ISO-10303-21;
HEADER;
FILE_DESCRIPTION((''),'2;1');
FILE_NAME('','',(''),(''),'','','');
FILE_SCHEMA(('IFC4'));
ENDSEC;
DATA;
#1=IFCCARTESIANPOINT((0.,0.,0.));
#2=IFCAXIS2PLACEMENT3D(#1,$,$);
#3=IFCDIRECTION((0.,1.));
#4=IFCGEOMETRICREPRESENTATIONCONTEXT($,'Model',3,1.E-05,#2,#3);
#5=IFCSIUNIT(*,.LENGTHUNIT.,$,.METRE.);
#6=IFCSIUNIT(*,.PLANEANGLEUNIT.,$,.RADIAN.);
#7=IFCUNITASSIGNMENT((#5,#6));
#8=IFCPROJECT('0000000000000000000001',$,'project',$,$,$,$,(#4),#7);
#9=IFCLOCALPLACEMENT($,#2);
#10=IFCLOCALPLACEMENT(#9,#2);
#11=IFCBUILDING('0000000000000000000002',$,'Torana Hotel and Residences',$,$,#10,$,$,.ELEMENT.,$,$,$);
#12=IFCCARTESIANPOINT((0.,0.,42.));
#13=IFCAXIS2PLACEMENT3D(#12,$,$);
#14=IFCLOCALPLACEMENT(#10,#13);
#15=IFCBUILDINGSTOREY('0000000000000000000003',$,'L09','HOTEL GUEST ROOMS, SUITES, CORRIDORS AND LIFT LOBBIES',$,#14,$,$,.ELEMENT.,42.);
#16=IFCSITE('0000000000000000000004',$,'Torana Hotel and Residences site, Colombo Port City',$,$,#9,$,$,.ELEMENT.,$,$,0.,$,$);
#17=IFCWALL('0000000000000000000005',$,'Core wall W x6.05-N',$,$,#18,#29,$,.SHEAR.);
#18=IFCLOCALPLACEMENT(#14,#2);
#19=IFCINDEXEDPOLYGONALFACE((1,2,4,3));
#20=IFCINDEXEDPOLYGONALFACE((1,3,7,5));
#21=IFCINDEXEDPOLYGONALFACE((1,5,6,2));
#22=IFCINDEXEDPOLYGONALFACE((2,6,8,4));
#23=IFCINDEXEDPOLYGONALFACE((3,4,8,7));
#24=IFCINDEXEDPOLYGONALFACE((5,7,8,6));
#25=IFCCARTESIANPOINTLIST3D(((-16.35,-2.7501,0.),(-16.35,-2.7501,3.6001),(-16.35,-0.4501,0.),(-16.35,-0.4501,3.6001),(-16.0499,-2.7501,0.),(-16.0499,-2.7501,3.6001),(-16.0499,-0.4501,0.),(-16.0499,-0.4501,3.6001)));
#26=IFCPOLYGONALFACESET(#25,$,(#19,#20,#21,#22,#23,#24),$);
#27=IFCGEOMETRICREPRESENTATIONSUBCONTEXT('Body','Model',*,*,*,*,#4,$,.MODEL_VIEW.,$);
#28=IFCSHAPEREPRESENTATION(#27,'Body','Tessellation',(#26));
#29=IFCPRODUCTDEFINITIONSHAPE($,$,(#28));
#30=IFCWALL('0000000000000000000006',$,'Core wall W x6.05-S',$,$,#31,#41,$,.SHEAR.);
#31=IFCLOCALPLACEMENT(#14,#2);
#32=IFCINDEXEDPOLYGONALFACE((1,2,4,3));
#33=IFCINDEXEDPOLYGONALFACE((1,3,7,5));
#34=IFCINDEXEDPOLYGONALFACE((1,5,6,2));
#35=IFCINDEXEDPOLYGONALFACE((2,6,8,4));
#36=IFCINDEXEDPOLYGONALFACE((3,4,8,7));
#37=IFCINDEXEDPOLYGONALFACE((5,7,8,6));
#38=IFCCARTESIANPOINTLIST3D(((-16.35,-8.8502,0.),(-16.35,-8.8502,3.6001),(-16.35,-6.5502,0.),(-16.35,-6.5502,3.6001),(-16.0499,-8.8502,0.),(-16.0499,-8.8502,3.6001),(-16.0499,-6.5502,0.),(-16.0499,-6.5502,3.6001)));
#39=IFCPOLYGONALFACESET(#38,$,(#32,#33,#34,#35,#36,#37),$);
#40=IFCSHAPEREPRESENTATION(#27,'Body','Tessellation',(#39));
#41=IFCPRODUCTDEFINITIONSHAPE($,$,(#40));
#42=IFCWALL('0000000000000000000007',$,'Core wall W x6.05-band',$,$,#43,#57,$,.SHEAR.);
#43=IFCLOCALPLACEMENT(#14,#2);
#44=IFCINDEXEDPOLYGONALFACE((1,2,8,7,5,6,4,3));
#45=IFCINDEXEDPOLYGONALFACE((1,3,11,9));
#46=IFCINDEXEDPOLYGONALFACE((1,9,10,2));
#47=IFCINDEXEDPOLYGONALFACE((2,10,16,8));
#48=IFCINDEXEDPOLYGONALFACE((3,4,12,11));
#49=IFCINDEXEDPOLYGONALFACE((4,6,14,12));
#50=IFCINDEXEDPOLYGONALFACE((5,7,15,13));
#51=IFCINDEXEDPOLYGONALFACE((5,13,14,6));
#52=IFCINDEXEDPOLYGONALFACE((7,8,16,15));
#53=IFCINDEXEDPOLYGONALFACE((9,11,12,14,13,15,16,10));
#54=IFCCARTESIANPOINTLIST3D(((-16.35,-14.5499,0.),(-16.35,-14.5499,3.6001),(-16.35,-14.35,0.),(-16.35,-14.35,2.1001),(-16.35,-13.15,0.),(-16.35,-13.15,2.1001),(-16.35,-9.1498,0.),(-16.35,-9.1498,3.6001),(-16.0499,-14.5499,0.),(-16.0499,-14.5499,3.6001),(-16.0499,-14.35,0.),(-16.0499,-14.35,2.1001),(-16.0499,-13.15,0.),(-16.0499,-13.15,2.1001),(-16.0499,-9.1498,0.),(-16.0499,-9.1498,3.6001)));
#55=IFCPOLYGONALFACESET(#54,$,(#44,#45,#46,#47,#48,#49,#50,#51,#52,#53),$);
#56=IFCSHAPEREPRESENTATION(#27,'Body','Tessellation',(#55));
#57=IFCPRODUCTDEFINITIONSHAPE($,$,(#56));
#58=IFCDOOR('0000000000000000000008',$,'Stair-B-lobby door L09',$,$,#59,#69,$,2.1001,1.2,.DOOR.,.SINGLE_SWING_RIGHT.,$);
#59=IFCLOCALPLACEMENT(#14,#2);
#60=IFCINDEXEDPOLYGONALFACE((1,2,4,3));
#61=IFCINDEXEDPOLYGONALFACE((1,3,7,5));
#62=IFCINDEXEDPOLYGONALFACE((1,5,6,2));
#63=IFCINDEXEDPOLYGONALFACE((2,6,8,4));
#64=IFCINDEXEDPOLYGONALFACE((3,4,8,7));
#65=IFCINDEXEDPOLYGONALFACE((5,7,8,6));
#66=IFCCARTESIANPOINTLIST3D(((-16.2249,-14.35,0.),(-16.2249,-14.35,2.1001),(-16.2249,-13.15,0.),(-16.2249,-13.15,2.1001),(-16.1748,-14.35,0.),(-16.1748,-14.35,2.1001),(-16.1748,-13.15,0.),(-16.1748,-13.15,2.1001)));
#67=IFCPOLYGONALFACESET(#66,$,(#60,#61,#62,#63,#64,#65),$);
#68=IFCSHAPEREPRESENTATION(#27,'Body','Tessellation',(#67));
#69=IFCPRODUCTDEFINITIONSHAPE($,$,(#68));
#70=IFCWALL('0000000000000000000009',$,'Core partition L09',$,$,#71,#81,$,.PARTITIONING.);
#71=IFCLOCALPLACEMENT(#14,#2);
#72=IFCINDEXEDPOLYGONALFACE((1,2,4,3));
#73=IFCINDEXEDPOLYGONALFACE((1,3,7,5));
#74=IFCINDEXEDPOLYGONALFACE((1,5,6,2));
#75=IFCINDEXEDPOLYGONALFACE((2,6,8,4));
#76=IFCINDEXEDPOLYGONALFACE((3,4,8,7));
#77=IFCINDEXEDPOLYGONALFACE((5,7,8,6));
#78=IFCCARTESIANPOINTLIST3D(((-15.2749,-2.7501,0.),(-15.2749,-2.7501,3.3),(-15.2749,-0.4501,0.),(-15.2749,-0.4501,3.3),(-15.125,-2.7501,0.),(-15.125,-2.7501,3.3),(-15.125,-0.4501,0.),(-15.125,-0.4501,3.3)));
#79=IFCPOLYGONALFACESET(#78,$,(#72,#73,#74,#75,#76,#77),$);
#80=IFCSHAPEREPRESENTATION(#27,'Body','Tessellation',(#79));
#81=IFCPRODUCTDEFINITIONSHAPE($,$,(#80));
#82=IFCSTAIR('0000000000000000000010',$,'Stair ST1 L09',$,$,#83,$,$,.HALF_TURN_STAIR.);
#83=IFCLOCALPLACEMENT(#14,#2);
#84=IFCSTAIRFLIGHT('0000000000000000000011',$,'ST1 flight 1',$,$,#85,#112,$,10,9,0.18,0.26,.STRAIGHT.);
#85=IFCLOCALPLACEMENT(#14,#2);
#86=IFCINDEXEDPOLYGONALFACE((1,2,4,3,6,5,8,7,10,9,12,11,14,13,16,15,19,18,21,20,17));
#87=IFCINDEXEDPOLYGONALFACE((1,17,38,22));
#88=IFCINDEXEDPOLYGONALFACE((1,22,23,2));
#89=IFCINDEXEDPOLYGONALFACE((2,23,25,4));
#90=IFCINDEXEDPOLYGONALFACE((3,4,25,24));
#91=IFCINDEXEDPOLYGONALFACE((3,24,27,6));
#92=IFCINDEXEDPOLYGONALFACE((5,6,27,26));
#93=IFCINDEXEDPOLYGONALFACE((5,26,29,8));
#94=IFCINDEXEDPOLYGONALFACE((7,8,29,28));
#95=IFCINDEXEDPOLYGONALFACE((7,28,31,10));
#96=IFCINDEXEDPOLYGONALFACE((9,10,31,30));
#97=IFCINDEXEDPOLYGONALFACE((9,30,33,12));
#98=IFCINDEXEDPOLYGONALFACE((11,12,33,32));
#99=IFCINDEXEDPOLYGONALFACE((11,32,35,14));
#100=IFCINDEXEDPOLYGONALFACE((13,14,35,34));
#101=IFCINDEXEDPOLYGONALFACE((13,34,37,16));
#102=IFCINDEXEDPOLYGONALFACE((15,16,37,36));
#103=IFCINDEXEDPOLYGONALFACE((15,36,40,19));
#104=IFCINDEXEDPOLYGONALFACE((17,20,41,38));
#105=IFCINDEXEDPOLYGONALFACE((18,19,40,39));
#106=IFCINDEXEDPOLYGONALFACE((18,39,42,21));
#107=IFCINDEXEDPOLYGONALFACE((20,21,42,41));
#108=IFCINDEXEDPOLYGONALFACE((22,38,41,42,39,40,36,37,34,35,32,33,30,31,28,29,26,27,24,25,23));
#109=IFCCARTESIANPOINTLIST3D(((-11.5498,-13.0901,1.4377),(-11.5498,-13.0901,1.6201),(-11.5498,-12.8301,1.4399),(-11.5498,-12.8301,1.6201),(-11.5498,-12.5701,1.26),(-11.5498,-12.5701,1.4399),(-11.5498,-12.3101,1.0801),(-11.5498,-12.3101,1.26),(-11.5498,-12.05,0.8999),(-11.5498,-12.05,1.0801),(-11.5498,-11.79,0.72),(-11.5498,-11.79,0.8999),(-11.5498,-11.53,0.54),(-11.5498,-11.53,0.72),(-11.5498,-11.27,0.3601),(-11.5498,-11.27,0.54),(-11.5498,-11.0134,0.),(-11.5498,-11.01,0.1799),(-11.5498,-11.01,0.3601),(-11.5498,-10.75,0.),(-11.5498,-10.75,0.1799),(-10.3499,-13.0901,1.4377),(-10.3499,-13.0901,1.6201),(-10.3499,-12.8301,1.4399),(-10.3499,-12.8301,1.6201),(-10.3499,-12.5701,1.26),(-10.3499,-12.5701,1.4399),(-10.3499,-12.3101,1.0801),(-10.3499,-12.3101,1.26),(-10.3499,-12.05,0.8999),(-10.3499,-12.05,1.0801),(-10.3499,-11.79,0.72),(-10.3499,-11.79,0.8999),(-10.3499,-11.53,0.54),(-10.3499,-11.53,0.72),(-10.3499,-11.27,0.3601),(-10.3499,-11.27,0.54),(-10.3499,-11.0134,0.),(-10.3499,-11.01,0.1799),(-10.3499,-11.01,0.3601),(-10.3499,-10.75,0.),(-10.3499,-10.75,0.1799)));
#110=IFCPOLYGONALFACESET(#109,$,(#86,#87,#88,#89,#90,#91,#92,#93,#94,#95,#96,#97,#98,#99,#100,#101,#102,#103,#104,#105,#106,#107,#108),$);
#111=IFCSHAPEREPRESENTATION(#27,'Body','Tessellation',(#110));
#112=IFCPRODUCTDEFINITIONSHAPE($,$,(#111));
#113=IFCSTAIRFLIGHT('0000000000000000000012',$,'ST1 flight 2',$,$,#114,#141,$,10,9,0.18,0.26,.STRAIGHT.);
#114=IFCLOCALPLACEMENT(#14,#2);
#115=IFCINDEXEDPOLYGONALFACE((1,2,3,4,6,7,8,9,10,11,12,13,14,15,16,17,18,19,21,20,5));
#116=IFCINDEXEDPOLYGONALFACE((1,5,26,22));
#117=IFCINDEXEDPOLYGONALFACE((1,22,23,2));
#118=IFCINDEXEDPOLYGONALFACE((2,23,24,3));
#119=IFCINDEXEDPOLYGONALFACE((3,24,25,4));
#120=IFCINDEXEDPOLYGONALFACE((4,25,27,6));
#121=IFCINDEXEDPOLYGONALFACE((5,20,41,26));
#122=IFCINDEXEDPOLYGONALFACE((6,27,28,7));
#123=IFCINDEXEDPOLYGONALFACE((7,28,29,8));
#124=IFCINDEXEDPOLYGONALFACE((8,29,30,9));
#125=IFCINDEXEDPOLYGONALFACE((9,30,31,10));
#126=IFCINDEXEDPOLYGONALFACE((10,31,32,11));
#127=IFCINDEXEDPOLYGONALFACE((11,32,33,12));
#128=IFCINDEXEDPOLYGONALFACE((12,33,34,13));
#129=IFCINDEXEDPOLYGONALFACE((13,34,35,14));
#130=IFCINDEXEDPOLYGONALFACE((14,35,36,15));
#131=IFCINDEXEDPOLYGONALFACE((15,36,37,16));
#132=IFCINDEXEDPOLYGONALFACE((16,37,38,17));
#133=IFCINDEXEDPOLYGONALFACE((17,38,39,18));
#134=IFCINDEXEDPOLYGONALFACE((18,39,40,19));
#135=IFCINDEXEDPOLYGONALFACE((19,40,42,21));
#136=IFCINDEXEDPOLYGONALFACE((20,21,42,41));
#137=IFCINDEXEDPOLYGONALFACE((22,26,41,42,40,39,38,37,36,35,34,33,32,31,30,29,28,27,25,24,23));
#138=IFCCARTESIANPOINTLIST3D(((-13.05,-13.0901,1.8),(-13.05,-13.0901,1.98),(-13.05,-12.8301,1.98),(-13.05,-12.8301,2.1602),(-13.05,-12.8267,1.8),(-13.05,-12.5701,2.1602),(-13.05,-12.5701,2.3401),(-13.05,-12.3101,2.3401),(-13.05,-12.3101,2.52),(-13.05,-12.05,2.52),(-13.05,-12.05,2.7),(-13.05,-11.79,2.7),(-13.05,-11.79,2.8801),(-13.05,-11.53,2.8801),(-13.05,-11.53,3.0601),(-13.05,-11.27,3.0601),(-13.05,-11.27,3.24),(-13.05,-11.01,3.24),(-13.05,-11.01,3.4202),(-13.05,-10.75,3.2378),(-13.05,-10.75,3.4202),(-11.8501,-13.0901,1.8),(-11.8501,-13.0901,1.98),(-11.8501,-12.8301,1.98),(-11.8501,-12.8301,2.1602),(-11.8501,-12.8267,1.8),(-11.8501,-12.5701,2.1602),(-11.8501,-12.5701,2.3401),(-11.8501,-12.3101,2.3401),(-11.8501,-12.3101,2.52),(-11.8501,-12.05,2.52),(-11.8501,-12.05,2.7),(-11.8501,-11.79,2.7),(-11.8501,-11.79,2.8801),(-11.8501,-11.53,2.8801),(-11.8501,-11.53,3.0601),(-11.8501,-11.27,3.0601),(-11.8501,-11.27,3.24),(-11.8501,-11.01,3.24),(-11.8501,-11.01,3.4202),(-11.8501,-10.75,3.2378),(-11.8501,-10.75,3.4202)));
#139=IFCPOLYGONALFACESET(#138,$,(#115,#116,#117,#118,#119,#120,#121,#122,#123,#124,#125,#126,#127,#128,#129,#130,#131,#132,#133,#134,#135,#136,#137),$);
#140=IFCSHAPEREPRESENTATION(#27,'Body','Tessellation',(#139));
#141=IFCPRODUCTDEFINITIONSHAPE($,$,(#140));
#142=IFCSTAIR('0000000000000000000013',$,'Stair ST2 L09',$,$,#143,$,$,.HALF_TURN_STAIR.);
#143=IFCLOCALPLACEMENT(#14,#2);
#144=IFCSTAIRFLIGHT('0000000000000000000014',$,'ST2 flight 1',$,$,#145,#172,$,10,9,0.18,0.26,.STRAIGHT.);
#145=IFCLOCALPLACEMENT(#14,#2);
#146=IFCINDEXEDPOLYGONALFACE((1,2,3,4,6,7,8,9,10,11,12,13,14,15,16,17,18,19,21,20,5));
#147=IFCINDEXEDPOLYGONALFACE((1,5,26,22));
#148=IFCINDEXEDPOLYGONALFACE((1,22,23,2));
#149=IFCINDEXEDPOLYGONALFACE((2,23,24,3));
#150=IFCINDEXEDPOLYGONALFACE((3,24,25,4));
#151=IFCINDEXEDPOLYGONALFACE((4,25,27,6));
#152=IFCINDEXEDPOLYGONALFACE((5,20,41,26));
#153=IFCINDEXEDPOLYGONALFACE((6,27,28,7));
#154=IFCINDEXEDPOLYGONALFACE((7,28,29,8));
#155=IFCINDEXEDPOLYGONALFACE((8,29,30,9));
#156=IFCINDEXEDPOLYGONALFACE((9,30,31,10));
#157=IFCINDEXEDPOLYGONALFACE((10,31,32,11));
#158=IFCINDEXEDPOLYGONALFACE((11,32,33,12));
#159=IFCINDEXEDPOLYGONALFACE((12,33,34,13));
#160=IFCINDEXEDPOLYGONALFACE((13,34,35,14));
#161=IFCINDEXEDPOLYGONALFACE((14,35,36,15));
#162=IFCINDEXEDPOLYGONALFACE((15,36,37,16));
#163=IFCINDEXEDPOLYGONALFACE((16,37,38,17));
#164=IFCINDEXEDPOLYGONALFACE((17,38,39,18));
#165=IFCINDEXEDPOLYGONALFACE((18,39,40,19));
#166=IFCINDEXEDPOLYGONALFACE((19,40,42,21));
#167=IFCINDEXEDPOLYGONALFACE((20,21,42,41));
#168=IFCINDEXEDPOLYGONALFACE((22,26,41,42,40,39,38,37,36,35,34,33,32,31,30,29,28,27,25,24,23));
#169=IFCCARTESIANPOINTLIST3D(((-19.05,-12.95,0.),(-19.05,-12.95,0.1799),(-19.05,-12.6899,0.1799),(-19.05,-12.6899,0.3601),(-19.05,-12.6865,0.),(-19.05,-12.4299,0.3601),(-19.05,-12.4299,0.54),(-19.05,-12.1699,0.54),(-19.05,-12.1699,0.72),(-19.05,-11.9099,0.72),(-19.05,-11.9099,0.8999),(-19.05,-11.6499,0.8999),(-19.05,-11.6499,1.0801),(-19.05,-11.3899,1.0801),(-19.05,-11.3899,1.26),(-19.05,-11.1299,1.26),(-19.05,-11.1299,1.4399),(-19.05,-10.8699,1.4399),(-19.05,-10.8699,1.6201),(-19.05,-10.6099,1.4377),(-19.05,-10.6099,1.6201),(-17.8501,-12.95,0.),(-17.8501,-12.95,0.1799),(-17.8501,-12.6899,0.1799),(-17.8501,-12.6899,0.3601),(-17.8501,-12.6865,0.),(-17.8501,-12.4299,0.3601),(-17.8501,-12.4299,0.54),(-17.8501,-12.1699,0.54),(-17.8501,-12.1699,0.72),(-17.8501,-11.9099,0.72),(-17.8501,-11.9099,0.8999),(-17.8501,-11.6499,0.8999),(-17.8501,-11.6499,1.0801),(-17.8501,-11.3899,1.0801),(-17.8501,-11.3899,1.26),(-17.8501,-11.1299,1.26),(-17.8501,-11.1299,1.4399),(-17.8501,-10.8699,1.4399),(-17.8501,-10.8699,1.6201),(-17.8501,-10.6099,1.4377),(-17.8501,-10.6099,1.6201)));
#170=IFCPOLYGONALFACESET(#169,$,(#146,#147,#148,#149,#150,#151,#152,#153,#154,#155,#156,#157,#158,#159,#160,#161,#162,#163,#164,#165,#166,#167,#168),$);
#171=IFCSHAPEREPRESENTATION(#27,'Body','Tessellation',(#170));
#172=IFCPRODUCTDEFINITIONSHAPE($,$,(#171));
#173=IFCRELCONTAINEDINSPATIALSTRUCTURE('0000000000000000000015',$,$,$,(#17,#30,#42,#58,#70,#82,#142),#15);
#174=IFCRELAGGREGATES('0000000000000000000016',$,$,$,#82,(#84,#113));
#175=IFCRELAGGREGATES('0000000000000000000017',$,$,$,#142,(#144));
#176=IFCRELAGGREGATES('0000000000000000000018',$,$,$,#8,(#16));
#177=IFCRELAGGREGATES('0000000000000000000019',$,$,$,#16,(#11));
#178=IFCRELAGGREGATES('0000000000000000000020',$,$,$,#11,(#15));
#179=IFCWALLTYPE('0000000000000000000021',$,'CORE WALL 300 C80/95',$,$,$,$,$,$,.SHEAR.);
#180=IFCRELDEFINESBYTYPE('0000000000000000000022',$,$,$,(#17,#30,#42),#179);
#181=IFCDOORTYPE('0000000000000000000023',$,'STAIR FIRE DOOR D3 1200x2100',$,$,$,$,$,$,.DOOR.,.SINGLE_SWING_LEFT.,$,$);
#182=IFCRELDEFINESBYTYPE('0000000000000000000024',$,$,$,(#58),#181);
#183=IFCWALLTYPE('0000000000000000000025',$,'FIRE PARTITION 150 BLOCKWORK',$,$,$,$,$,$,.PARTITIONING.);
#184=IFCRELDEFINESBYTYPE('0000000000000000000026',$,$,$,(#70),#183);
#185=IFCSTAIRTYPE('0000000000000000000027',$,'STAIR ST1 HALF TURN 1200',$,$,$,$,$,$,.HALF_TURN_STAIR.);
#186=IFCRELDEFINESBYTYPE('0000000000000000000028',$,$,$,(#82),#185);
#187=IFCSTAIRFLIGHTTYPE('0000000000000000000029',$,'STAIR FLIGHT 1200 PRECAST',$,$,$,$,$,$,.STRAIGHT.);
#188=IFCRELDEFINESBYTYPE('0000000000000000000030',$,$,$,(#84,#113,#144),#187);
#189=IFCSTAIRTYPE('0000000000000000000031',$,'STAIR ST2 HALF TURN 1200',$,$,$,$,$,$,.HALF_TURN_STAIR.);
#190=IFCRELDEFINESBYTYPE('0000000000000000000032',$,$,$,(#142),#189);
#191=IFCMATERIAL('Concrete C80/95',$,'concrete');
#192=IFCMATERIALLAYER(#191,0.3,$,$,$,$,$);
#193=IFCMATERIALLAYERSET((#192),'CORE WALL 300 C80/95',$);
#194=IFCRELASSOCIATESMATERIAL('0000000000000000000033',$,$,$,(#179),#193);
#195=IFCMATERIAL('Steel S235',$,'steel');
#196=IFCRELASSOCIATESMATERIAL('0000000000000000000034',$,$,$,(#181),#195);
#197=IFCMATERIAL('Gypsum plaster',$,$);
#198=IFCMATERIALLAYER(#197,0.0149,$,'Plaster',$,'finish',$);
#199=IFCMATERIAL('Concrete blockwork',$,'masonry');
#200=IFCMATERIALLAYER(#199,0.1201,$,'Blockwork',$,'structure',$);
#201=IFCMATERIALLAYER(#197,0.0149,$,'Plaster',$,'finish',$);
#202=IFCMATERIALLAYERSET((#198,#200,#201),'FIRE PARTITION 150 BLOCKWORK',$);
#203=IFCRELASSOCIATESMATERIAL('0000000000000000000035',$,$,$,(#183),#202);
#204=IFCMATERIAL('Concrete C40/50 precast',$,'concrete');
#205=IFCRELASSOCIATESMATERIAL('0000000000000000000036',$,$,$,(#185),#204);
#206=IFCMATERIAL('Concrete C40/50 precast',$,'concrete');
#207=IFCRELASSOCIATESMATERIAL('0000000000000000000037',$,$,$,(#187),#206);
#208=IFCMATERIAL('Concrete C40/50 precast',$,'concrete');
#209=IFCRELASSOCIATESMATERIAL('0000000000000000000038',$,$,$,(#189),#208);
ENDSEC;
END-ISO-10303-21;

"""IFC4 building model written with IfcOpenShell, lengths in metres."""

from ifc_helpers import new_model, si_unit, direction, frame, frame_2d, origin, place, context, subcontext, project, spatial, polyline, rectangle, outline, extrude, material, layer, layer_set, type_object, element, fill, aggregate, save


model = new_model("IFC4")

# Units and contexts
model_context = context("Model", 3, precision=1e-05, world=origin(), true_north=direction((0.0, 1.0)))
body_context = subcontext(model_context, "Body", "Model", "MODEL_VIEW")
ifc_project = project(units=[si_unit("LENGTHUNIT", "METRE"), si_unit("PLANEANGLEUNIT", "RADIAN")], contexts=[model_context])

# Site, building, storey
site_placement = place(None, origin())
site = spatial("IfcSite", under=ifc_project, at=site_placement, Name="Torana Hotel and Residences site, Colombo Port City", CompositionType="ELEMENT", RefElevation=0.0)
building_placement = place(site_placement, origin())
building = spatial("IfcBuilding", under=site, at=building_placement, Name="Torana Hotel and Residences", CompositionType="ELEMENT")
storey_placement = place(building_placement, frame((0.0, 0.0, 42.0)))
storey = spatial("IfcBuildingStorey", under=building, at=storey_placement, Name="L09", Description="HOTEL GUEST ROOMS, SUITES, CORRIDORS AND LIFT LOBBIES", CompositionType="ELEMENT", Elevation=42.0)

# Shared definitions
ifc_material_1 = material(Name="Concrete C80/95", Category="concrete")
ifc_layer_1 = layer(ifc_material_1, 0.3)
ifc_layer_set_1 = layer_set([ifc_layer_1], Name="CORE WALL 300 C80/95")
wall_type_1 = type_object("IfcWallType", Name="CORE WALL 300 C80/95", PredefinedType="SHEAR", material=ifc_layer_set_1)

# Shared definitions
ifc_material_2 = material(Name="Steel S235", Category="steel")
door_type_1 = type_object("IfcDoorType", Name="STAIR FIRE DOOR D3 1200x2100", OperationType="SINGLE_SWING_LEFT", PredefinedType="DOOR", material=ifc_material_2)

# Walls
for number, where, z_axis, x_axis, name in (
    (1, (-16.2, -2.75, 0.0), (0.0, 0.0, 1.0), (0.0, 1.0, 0.0), "Core wall W x6.05-N"),
    (2, (-16.2, -8.8501, 0.0), (0.0, 0.0, 1.0), (0.0, 1.0, 0.0), "Core wall W x6.05-S"),
):
    element("IfcWall", number, at=place(storey_placement, frame(where, z_axis=z_axis, x_axis=x_axis)), inside=storey, type_object=wall_type_1, Name=name, PredefinedType="SHEAR", context=body_context, shape_type="SweptSolid", body=[
        extrude(rectangle(XDim=2.3, YDim=0.3, at=frame_2d((1.1499, 0.0))), origin(), (0.0, 0.0, 1.0), 3.6001),
    ])

# Wall, opening, door
wall_1_placement = place(storey_placement, frame((-16.2, -14.55, 0.0), z_axis=(0.0, 0.0, 1.0), x_axis=(0.0, 1.0, 0.0)))
wall_1 = element("IfcWall", 3, at=wall_1_placement, inside=storey, type_object=wall_type_1, Name="Core wall W x6.05-band", PredefinedType="SHEAR", context=body_context, shape_type="SweptSolid", body=[
    extrude(rectangle(XDim=5.4001, YDim=0.3, at=frame_2d((2.7002, 0.0))), origin(), (0.0, 0.0, 1.0), 3.6001),
])
opening_1_placement = place(wall_1_placement, frame((0.2, 0.0, 0.0)))
opening_1 = element("IfcOpeningElement", 4, at=opening_1_placement, cuts=wall_1, PredefinedType="OPENING", context=body_context, shape_type="SweptSolid", body=[
    extrude(rectangle(XDim=1.2, YDim=2.1001, at=frame_2d((0.6001, 1.05))), frame((0.0, 0.1599, 0.0), z_axis=(0.0, -1.0, 0.0), x_axis=(1.0, 0.0, 0.0)), (0.0, 0.0, 1.0), 0.3201),
])
door_1_placement = place(opening_1_placement, origin())
door_1 = element("IfcDoor", 5, at=door_1_placement, inside=storey, type_object=door_type_1, Name="Stair-B-lobby door L09", OperationType="SINGLE_SWING_RIGHT", OverallHeight=2.1001, OverallWidth=1.2, PredefinedType="DOOR", context=body_context, shape_type="SweptSolid", body=[
    extrude(rectangle(XDim=1.2, YDim=2.1001, at=frame_2d((0.6001, 1.05))), frame((0.0, 0.0249, 0.0), z_axis=(0.0, -1.0, 0.0), x_axis=(1.0, 0.0, 0.0)), (0.0, 0.0, 1.0), 0.05),
])
fill(opening_1, door_1)

# Wall
ifc_material_3 = material(Name="Gypsum plaster")
ifc_layer_2 = layer(ifc_material_3, 0.0149, Name="Plaster", Category="finish")
ifc_material_4 = material(Name="Concrete blockwork", Category="masonry")
ifc_layer_3 = layer(ifc_material_4, 0.1201, Name="Blockwork", Category="structure")
ifc_layer_4 = layer(ifc_material_3, 0.0149, Name="Plaster", Category="finish")
ifc_layer_set_2 = layer_set([ifc_layer_2, ifc_layer_3, ifc_layer_4], Name="FIRE PARTITION 150 BLOCKWORK")
wall_type_2 = type_object("IfcWallType", Name="FIRE PARTITION 150 BLOCKWORK", PredefinedType="PARTITIONING", material=ifc_layer_set_2)
wall_2_placement = place(storey_placement, frame((-15.2, -2.75, 0.0), z_axis=(0.0, 0.0, 1.0), x_axis=(0.0, 1.0, 0.0)))
element("IfcWall", 6, at=wall_2_placement, inside=storey, type_object=wall_type_2, Name="Core partition L09", PredefinedType="PARTITIONING", context=body_context, shape_type="SweptSolid", body=[
    extrude(rectangle(XDim=2.3, YDim=0.1499, at=frame_2d((1.1499, 0.0))), origin(), (0.0, 0.0, 1.0), 3.3),
])

# Stairs, stair flights
ifc_material_5 = material(Name="Concrete C40/50 precast", Category="concrete")
stair_type_1 = type_object("IfcStairType", Name="STAIR ST1 HALF TURN 1200", PredefinedType="HALF_TURN_STAIR", material=ifc_material_5)
stair_1_placement = place(storey_placement, origin())
stair_1 = element("IfcStair", 7, at=stair_1_placement, inside=storey, type_object=stair_type_1, Name="Stair ST1 L09", PredefinedType="HALF_TURN_STAIR")
ifc_material_6 = material(Name="Concrete C40/50 precast", Category="concrete")
stair_flight_type = type_object("IfcStairFlightType", Name="STAIR FLIGHT 1200 PRECAST", PredefinedType="STRAIGHT", material=ifc_material_6)
stair_flight_1_placement = place(storey_placement, frame((-10.95, -10.75, 0.0), z_axis=(0.0, 0.0, 1.0), x_axis=(0.0, -1.0, 0.0)))
stair_flight_1 = element("IfcStairFlight", 8, at=stair_flight_1_placement, type_object=stair_flight_type, Name="ST1 flight 1", NumberOfRisers=10, NumberOfTreads=9, PredefinedType="STRAIGHT", RiserHeight=0.18, TreadLength=0.26, context=body_context, shape_type="SweptSolid", body=[
    extrude(outline(polyline([(0.0, 0.0), (0.0, 0.1799), (0.26, 0.1799), (0.26, 0.3601), (0.52, 0.3601), (0.52, 0.54), (0.78, 0.54), (0.78, 0.72), (1.04, 0.72), (1.04, 0.8999), (1.3, 0.8999), (1.3, 1.0801), (1.5601, 1.0801), (1.5601, 1.26), (1.8201, 1.26), (1.8201, 1.4399), (2.0801, 1.4399), (2.0801, 1.6201), (2.3401, 1.6201), (2.3401, 1.8), (2.3401, 1.4377), (0.2634, 0.0), (0.0, 0.0)])), frame((0.0, 0.6001, 0.0), z_axis=(0.0, -1.0, 0.0), x_axis=(1.0, 0.0, 0.0)), (0.0, 0.0, 1.0), 1.2),
])
stair_flight_2_placement = place(storey_placement, frame((-12.45, -13.0901, 1.8), z_axis=(0.0, 0.0, 1.0), x_axis=(0.0, 1.0, 0.0)))
stair_flight_2 = element("IfcStairFlight", 9, at=stair_flight_2_placement, type_object=stair_flight_type, Name="ST1 flight 2", NumberOfRisers=10, NumberOfTreads=9, PredefinedType="STRAIGHT", RiserHeight=0.18, TreadLength=0.26, context=body_context, shape_type="SweptSolid", body=[
    extrude(outline(polyline([(0.0, 0.0), (0.0, 0.1799), (0.26, 0.1799), (0.26, 0.3601), (0.52, 0.3601), (0.52, 0.54), (0.78, 0.54), (0.78, 0.72), (1.04, 0.72), (1.04, 0.8999), (1.3, 0.8999), (1.3, 1.0801), (1.5601, 1.0801), (1.5601, 1.26), (1.8201, 1.26), (1.8201, 1.4399), (2.0801, 1.4399), (2.0801, 1.6201), (2.3401, 1.6201), (2.3401, 1.8), (2.3401, 1.4377), (0.2634, 0.0), (0.0, 0.0)])), frame((0.0, 0.6001, 0.0), z_axis=(0.0, -1.0, 0.0), x_axis=(1.0, 0.0, 0.0)), (0.0, 0.0, 1.0), 1.2),
])
aggregate(stair_1, [stair_flight_1, stair_flight_2])
ifc_material_7 = material(Name="Concrete C40/50 precast", Category="concrete")
stair_type_2 = type_object("IfcStairType", Name="STAIR ST2 HALF TURN 1200", PredefinedType="HALF_TURN_STAIR", material=ifc_material_7)
stair_2_placement = place(storey_placement, origin())
stair_2 = element("IfcStair", 10, at=stair_2_placement, inside=storey, type_object=stair_type_2, Name="Stair ST2 L09", PredefinedType="HALF_TURN_STAIR")
stair_flight_3_placement = place(storey_placement, frame((-18.45, -12.95, 0.0), z_axis=(0.0, 0.0, 1.0), x_axis=(0.0, 1.0, 0.0)))
stair_flight_3 = element("IfcStairFlight", 11, at=stair_flight_3_placement, type_object=stair_flight_type, Name="ST2 flight 1", NumberOfRisers=10, NumberOfTreads=9, PredefinedType="STRAIGHT", RiserHeight=0.18, TreadLength=0.26, context=body_context, shape_type="SweptSolid", body=[
    extrude(outline(polyline([(0.0, 0.0), (0.0, 0.1799), (0.26, 0.1799), (0.26, 0.3601), (0.52, 0.3601), (0.52, 0.54), (0.78, 0.54), (0.78, 0.72), (1.04, 0.72), (1.04, 0.8999), (1.3, 0.8999), (1.3, 1.0801), (1.5601, 1.0801), (1.5601, 1.26), (1.8201, 1.26), (1.8201, 1.4399), (2.0801, 1.4399), (2.0801, 1.6201), (2.3401, 1.6201), (2.3401, 1.8), (2.3401, 1.4377), (0.2634, 0.0), (0.0, 0.0)])), frame((0.0, 0.6001, 0.0), z_axis=(0.0, -1.0, 0.0), x_axis=(1.0, 0.0, 0.0)), (0.0, 0.0, 1.0), 1.2),
])
aggregate(stair_2, [stair_flight_3])

save(model, "model.ifc")
